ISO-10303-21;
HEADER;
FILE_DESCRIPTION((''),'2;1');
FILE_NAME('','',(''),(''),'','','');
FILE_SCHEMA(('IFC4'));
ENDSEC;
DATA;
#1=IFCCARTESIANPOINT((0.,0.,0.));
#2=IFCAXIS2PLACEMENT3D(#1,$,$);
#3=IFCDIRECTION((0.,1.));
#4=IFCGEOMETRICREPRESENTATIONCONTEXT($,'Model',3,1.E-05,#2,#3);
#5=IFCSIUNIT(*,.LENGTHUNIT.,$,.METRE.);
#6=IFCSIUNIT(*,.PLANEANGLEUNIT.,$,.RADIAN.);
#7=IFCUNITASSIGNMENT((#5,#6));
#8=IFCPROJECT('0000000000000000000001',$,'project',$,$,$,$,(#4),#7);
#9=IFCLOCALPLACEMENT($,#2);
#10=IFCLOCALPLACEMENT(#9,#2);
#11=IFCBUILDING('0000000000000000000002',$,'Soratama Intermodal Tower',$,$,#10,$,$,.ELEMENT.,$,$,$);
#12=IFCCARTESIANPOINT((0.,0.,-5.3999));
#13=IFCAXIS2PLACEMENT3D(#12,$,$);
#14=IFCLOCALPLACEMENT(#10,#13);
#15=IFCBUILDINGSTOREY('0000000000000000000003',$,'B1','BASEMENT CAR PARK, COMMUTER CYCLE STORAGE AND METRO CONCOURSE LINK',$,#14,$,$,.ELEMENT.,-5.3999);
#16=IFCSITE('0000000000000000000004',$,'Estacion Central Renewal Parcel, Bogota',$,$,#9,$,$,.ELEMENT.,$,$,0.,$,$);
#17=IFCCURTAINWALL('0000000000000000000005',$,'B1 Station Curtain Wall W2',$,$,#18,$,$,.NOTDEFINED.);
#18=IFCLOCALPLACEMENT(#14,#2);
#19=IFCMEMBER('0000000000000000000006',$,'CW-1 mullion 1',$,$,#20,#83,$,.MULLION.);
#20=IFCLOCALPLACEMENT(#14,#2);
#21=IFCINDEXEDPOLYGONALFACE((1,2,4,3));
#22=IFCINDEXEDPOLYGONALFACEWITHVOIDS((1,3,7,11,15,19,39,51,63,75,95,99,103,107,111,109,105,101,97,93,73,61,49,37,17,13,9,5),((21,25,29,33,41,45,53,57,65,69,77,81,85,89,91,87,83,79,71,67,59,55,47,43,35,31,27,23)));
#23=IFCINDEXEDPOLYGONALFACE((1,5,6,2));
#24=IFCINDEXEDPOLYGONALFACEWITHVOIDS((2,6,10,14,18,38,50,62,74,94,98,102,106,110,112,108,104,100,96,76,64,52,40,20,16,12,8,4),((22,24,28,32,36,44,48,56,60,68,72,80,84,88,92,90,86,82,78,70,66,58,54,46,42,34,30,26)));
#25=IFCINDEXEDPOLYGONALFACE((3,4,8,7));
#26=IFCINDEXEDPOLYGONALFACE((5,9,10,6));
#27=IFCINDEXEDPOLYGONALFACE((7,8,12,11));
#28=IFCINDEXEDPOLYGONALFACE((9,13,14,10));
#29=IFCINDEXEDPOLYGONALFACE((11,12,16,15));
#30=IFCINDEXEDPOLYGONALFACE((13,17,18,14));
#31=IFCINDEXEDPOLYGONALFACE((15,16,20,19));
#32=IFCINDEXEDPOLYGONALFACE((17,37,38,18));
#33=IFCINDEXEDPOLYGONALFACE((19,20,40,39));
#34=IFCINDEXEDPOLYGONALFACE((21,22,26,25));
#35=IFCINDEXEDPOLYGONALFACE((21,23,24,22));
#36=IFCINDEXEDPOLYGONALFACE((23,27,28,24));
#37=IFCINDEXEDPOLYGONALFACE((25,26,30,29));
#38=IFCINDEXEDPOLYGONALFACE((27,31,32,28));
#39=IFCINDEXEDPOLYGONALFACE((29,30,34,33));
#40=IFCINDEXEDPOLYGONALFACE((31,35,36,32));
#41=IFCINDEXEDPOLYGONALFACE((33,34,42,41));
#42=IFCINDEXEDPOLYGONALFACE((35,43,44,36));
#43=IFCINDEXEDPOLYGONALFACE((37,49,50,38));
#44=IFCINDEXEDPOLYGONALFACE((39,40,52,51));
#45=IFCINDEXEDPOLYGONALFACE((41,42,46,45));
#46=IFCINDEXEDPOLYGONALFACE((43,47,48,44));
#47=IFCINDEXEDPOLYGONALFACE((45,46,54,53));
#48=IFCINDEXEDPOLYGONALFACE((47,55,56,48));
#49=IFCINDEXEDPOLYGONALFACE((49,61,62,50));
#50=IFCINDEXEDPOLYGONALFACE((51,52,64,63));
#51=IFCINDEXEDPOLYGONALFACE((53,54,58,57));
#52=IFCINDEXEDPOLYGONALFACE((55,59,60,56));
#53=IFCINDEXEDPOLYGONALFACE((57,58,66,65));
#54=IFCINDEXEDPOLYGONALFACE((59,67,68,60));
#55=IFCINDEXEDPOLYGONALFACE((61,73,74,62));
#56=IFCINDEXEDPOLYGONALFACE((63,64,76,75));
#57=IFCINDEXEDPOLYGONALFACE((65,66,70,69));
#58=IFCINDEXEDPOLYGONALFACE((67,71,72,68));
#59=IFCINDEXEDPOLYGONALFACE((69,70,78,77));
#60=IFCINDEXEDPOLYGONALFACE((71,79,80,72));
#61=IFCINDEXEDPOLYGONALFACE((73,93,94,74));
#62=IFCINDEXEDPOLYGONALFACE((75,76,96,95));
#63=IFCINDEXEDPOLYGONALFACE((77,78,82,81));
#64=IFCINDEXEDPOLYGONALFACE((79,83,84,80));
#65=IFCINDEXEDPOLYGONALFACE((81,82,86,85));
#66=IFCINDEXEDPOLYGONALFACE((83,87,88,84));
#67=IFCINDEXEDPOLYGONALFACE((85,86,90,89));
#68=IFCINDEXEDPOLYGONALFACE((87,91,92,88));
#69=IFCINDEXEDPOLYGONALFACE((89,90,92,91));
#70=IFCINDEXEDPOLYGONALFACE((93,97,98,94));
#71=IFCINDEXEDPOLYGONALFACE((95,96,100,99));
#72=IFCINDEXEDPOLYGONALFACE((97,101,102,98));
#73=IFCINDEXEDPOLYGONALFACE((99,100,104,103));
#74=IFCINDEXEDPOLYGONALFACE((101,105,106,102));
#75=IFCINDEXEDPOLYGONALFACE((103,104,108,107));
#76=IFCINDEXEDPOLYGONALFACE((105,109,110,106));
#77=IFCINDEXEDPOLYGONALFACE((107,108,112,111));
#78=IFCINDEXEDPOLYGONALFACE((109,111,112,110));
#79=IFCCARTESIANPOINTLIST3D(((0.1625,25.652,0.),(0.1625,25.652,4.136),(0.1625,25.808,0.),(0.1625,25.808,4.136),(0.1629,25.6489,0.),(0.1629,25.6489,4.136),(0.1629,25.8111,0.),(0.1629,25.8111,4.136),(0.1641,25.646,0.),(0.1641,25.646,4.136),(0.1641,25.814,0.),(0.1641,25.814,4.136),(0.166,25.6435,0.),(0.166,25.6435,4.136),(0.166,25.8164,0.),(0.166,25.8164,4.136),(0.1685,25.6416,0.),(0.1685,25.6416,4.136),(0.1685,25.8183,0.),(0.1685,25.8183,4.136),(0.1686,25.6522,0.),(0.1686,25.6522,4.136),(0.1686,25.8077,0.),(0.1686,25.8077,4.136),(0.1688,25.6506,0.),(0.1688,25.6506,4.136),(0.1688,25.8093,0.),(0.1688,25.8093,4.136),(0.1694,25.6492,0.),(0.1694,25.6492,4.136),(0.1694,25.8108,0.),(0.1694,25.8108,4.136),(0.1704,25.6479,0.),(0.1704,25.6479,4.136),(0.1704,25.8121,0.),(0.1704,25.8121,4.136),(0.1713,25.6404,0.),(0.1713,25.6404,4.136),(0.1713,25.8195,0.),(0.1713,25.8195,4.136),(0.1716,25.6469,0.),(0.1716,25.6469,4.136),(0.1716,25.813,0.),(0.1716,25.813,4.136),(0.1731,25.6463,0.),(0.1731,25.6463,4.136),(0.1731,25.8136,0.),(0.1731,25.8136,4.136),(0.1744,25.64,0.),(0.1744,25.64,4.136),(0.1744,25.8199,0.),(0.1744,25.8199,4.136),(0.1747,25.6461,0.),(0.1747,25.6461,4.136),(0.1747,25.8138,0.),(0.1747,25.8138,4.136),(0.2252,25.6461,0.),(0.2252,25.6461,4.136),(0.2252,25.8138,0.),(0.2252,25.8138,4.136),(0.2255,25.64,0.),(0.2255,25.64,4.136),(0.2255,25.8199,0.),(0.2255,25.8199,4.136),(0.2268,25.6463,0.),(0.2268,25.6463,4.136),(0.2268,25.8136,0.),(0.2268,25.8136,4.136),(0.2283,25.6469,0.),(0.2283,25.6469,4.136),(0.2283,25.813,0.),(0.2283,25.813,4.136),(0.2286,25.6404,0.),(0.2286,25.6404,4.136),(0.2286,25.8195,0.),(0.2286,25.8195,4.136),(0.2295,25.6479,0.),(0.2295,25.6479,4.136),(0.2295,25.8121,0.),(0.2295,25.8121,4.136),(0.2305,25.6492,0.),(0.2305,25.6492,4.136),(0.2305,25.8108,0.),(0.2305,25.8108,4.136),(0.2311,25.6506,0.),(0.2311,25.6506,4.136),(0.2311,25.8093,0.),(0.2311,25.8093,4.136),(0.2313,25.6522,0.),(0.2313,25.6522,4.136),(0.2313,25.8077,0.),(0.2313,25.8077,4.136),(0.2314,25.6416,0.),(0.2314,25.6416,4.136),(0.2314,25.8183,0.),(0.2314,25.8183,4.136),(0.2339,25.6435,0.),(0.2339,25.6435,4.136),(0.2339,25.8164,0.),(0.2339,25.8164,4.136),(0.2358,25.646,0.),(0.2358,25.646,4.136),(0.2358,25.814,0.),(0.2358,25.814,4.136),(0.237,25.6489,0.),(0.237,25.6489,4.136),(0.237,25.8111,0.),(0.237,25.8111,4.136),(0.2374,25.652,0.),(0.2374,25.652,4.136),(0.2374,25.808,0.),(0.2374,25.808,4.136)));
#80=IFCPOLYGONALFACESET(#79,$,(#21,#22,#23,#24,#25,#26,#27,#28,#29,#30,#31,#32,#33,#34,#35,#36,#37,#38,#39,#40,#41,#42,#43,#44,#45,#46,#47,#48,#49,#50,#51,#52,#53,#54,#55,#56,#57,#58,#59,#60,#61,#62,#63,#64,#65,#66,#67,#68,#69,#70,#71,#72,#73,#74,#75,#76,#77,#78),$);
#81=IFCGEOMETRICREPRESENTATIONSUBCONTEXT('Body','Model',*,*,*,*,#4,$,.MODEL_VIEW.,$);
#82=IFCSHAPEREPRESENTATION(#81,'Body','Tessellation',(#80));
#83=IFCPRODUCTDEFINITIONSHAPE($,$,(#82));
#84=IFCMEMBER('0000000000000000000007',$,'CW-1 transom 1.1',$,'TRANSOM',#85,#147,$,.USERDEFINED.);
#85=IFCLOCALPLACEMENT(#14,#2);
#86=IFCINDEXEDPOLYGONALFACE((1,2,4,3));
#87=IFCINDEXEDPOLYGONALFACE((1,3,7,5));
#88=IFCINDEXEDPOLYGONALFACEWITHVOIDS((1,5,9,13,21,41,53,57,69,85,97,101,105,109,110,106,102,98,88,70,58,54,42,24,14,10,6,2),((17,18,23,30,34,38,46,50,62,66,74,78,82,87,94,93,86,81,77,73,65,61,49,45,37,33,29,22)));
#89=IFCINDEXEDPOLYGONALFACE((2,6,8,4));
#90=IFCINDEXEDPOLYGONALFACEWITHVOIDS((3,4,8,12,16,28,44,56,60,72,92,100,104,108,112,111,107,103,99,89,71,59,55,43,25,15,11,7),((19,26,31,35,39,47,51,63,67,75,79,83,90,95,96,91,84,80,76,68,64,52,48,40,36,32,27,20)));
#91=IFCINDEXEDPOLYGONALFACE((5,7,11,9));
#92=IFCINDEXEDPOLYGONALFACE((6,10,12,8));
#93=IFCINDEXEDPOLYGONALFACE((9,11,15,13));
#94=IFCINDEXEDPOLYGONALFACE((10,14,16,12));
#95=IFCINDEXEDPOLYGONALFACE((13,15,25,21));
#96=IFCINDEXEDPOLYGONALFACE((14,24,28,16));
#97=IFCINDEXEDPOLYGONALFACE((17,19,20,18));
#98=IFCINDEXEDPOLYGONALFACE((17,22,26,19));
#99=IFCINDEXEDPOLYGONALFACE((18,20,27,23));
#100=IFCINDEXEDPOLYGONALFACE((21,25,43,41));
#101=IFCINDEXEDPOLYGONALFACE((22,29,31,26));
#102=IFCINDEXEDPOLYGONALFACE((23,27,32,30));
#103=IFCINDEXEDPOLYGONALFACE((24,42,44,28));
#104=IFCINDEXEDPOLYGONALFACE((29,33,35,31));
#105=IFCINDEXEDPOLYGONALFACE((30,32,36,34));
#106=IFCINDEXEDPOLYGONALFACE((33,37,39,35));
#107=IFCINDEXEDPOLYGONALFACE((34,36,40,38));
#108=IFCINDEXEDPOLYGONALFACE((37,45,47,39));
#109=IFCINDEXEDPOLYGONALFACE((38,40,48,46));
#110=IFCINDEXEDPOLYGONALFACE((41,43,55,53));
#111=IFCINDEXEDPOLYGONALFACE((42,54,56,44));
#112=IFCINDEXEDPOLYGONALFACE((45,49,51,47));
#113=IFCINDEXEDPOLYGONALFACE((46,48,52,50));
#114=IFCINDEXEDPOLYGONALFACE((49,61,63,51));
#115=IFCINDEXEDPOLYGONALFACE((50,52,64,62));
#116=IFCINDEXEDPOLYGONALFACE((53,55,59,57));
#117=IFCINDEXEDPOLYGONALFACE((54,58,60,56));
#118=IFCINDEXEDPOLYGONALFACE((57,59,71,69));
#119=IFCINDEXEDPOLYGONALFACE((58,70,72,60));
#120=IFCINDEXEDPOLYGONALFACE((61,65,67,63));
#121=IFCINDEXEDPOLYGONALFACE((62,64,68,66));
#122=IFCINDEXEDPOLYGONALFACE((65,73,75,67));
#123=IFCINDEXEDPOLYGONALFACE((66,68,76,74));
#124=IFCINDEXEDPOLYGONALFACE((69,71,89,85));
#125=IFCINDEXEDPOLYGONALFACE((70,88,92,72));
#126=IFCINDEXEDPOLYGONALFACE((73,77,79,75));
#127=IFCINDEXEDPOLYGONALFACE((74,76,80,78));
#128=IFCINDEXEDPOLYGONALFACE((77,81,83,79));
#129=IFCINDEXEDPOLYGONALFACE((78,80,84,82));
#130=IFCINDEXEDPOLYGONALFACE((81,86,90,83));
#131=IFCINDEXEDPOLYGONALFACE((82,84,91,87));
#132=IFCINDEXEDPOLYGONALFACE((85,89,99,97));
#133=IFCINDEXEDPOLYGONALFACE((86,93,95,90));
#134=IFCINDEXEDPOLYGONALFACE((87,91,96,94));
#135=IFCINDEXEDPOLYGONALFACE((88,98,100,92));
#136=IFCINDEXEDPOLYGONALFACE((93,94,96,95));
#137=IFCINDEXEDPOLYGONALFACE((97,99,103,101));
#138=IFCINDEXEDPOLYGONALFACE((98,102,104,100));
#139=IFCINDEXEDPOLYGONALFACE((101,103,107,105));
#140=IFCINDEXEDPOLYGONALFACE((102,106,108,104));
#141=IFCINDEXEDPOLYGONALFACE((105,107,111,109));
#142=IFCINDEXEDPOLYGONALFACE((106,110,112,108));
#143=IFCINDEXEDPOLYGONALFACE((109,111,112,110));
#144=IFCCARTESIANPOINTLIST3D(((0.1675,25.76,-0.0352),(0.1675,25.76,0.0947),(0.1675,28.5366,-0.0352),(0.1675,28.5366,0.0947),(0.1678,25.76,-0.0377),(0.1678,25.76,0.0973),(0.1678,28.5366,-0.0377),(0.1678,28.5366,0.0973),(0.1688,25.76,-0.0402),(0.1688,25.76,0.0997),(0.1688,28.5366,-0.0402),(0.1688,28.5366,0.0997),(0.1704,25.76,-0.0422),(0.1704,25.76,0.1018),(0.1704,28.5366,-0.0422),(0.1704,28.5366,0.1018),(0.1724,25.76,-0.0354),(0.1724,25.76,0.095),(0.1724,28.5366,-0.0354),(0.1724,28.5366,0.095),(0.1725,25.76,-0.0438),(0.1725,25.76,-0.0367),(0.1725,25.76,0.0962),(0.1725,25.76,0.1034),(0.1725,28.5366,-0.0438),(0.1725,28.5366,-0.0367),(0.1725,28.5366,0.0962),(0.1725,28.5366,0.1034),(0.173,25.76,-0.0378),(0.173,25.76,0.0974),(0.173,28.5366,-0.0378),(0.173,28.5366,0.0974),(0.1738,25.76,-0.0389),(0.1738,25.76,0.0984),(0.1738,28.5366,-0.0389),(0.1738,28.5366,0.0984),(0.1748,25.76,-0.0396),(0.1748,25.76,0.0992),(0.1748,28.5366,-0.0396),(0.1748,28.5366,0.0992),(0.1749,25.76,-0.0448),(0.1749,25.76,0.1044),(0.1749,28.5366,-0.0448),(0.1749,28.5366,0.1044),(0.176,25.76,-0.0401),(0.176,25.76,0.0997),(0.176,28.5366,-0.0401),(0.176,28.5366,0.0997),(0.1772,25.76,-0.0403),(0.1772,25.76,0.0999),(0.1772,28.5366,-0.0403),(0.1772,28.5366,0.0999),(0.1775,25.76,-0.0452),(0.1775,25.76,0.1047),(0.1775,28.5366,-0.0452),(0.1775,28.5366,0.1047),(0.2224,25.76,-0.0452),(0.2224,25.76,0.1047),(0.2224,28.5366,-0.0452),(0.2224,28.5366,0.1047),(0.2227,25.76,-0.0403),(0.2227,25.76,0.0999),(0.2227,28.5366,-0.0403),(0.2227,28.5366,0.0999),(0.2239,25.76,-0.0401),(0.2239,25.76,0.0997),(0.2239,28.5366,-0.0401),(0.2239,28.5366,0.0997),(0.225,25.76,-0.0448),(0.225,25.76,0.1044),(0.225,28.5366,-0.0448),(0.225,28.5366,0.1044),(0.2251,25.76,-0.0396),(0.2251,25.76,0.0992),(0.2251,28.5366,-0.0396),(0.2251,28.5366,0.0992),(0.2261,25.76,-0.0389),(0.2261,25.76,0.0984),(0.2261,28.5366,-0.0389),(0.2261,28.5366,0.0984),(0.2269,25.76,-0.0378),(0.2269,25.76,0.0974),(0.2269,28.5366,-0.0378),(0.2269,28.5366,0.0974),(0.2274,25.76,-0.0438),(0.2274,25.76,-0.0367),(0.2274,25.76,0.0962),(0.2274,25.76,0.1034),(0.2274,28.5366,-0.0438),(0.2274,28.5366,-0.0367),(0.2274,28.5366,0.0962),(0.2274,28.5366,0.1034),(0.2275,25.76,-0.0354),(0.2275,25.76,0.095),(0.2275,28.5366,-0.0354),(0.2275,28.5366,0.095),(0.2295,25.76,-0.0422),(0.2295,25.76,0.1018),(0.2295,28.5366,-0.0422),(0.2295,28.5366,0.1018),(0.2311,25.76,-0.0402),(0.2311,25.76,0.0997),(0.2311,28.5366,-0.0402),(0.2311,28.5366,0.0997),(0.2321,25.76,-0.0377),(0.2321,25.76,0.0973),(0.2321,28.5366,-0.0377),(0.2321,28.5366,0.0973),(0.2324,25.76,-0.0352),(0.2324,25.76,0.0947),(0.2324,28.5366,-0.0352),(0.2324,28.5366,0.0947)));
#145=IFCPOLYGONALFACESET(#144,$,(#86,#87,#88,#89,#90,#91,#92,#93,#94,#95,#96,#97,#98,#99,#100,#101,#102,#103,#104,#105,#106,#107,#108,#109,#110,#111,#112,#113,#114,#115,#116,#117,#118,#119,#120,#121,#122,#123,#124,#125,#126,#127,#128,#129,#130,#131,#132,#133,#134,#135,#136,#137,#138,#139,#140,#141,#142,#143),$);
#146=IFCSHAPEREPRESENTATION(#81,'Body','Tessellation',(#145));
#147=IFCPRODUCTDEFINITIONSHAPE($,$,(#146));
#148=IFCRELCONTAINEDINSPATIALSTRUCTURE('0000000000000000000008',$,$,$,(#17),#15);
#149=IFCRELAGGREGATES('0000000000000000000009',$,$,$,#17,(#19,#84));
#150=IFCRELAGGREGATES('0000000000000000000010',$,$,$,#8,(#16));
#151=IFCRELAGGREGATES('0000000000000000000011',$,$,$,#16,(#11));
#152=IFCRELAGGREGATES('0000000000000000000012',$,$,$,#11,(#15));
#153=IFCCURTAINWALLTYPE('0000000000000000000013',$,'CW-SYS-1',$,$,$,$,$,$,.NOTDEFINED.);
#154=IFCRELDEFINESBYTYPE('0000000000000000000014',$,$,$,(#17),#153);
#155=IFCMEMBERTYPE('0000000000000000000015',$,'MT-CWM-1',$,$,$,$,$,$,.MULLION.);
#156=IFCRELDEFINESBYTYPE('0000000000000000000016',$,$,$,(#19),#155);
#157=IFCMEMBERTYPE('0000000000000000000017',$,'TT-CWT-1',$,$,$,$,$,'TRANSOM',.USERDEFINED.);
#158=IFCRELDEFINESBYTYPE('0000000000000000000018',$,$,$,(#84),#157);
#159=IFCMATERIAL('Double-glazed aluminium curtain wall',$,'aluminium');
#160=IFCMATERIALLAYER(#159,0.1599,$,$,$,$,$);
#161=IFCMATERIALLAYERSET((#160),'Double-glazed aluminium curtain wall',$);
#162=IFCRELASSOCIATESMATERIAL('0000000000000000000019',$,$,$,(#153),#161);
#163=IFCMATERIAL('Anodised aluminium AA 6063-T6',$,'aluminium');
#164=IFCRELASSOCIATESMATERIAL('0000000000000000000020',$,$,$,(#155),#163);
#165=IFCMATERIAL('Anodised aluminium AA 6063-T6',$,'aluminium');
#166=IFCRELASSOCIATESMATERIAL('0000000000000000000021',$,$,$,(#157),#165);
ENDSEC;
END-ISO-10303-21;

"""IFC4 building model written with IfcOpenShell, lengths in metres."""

from ifc_helpers import new_model, si_unit, direction, frame, origin, origin_2d, place, context, subcontext, project, spatial, hollow_rectangle, extrude, material, layer, layer_set, material_profile, profile_set, type_object, element, aggregate, save


model = new_model("IFC4")

# Units and contexts
model_context = context("Model", 3, precision=1e-05, world=origin(), true_north=direction((0.0, 1.0)))
body_context = subcontext(model_context, "Body", "Model", "MODEL_VIEW")
ifc_project = project(units=[si_unit("LENGTHUNIT", "METRE"), si_unit("PLANEANGLEUNIT", "RADIAN")], contexts=[model_context])

# Site, building, storey
site_placement = place(None, origin())
site = spatial("IfcSite", under=ifc_project, at=site_placement, Name="Estacion Central Renewal Parcel, Bogota", CompositionType="ELEMENT", RefElevation=0.0)
building_placement = place(site_placement, origin())
building = spatial("IfcBuilding", under=site, at=building_placement, Name="Soratama Intermodal Tower", CompositionType="ELEMENT")
storey_placement = place(building_placement, frame((0.0, 0.0, -5.3999)))
storey = spatial("IfcBuildingStorey", under=building, at=storey_placement, Name="B1", Description="BASEMENT CAR PARK, COMMUTER CYCLE STORAGE AND METRO CONCOURSE LINK", CompositionType="ELEMENT", Elevation=-5.3999)

# Shared definitions
ifc_material_1 = material(Name="Double-glazed aluminium curtain wall", Category="aluminium")
ifc_layer_1 = layer(ifc_material_1, 0.1599)
ifc_layer_set_1 = layer_set([ifc_layer_1], Name="Double-glazed aluminium curtain wall")
curtain_wall_type = type_object("IfcCurtainWallType", Name="CW-SYS-1", PredefinedType="NOTDEFINED", material=ifc_layer_set_1)
ifc_material_2 = material(Name="Anodised aluminium AA 6063-T6", Category="aluminium")
ifc_material_profile_1 = material_profile(ifc_material_2, hollow_rectangle(XDim=0.075, YDim=0.1799, WallThickness=0.0061, InnerFilletRadius=0.0061, OuterFilletRadius=0.012, at=origin_2d()), Name="CWM180X75X6")
ifc_profile_set_1 = profile_set([ifc_material_profile_1], Name="Anodised aluminium AA 6063-T6")
member_type_1 = type_object("IfcMemberType", Name="MT-CWM-1", PredefinedType="MULLION", material=ifc_profile_set_1)

# Curtain wall, members
curtain_wall_1_placement = place(storey_placement, origin())
curtain_wall_1 = element("IfcCurtainWall", 1, at=curtain_wall_1_placement, inside=storey, type_object=curtain_wall_type, Name="B1 Station Curtain Wall W2", PredefinedType="NOTDEFINED")
member_1_placement = place(storey_placement, frame((0.2, 25.73, 0.0), z_axis=(0.0, 0.0, 1.0), x_axis=(-1.0, 0.0, 0.0)))
member_1 = element("IfcMember", 2, at=member_1_placement, type_object=member_type_1, Name="CW-1 mullion 1", PredefinedType="MULLION", context=body_context, shape_type="SweptSolid", body=[
    extrude(hollow_rectangle(XDim=0.075, YDim=0.1799, WallThickness=0.0061, InnerFilletRadius=0.0061, OuterFilletRadius=0.012, at=origin_2d()), origin(), (0.0, 0.0, 1.0), 4.136),
])
ifc_material_3 = material(Name="Anodised aluminium AA 6063-T6", Category="aluminium")
ifc_material_profile_2 = material_profile(ifc_material_3, hollow_rectangle(XDim=0.0649, YDim=0.1499, WallThickness=0.0049, InnerFilletRadius=0.0049, OuterFilletRadius=0.01, at=origin_2d()), Name="CWT150X65X5")
ifc_profile_set_2 = profile_set([ifc_material_profile_2], Name="Anodised aluminium AA 6063-T6")
member_type_2 = type_object("IfcMemberType", Name="TT-CWT-1", ElementType="TRANSOM", PredefinedType="USERDEFINED", material=ifc_profile_set_2)
member_2_placement = place(storey_placement, frame((0.2, 25.76, 0.0298), z_axis=(0.0, 1.0, 0.0), x_axis=(-1.0, 0.0, 0.0)))
member_2 = element("IfcMember", 3, at=member_2_placement, type_object=member_type_2, Name="CW-1 transom 1.1", ObjectType="TRANSOM", PredefinedType="USERDEFINED", context=body_context, shape_type="SweptSolid", body=[
    extrude(hollow_rectangle(XDim=0.0649, YDim=0.1499, WallThickness=0.0049, InnerFilletRadius=0.0049, OuterFilletRadius=0.01, at=origin_2d()), origin(), (0.0, 0.0, 1.0), 2.7766),
])

aggregate(curtain_wall_1, [member_1, member_2])

save(model, "model.ifc")
